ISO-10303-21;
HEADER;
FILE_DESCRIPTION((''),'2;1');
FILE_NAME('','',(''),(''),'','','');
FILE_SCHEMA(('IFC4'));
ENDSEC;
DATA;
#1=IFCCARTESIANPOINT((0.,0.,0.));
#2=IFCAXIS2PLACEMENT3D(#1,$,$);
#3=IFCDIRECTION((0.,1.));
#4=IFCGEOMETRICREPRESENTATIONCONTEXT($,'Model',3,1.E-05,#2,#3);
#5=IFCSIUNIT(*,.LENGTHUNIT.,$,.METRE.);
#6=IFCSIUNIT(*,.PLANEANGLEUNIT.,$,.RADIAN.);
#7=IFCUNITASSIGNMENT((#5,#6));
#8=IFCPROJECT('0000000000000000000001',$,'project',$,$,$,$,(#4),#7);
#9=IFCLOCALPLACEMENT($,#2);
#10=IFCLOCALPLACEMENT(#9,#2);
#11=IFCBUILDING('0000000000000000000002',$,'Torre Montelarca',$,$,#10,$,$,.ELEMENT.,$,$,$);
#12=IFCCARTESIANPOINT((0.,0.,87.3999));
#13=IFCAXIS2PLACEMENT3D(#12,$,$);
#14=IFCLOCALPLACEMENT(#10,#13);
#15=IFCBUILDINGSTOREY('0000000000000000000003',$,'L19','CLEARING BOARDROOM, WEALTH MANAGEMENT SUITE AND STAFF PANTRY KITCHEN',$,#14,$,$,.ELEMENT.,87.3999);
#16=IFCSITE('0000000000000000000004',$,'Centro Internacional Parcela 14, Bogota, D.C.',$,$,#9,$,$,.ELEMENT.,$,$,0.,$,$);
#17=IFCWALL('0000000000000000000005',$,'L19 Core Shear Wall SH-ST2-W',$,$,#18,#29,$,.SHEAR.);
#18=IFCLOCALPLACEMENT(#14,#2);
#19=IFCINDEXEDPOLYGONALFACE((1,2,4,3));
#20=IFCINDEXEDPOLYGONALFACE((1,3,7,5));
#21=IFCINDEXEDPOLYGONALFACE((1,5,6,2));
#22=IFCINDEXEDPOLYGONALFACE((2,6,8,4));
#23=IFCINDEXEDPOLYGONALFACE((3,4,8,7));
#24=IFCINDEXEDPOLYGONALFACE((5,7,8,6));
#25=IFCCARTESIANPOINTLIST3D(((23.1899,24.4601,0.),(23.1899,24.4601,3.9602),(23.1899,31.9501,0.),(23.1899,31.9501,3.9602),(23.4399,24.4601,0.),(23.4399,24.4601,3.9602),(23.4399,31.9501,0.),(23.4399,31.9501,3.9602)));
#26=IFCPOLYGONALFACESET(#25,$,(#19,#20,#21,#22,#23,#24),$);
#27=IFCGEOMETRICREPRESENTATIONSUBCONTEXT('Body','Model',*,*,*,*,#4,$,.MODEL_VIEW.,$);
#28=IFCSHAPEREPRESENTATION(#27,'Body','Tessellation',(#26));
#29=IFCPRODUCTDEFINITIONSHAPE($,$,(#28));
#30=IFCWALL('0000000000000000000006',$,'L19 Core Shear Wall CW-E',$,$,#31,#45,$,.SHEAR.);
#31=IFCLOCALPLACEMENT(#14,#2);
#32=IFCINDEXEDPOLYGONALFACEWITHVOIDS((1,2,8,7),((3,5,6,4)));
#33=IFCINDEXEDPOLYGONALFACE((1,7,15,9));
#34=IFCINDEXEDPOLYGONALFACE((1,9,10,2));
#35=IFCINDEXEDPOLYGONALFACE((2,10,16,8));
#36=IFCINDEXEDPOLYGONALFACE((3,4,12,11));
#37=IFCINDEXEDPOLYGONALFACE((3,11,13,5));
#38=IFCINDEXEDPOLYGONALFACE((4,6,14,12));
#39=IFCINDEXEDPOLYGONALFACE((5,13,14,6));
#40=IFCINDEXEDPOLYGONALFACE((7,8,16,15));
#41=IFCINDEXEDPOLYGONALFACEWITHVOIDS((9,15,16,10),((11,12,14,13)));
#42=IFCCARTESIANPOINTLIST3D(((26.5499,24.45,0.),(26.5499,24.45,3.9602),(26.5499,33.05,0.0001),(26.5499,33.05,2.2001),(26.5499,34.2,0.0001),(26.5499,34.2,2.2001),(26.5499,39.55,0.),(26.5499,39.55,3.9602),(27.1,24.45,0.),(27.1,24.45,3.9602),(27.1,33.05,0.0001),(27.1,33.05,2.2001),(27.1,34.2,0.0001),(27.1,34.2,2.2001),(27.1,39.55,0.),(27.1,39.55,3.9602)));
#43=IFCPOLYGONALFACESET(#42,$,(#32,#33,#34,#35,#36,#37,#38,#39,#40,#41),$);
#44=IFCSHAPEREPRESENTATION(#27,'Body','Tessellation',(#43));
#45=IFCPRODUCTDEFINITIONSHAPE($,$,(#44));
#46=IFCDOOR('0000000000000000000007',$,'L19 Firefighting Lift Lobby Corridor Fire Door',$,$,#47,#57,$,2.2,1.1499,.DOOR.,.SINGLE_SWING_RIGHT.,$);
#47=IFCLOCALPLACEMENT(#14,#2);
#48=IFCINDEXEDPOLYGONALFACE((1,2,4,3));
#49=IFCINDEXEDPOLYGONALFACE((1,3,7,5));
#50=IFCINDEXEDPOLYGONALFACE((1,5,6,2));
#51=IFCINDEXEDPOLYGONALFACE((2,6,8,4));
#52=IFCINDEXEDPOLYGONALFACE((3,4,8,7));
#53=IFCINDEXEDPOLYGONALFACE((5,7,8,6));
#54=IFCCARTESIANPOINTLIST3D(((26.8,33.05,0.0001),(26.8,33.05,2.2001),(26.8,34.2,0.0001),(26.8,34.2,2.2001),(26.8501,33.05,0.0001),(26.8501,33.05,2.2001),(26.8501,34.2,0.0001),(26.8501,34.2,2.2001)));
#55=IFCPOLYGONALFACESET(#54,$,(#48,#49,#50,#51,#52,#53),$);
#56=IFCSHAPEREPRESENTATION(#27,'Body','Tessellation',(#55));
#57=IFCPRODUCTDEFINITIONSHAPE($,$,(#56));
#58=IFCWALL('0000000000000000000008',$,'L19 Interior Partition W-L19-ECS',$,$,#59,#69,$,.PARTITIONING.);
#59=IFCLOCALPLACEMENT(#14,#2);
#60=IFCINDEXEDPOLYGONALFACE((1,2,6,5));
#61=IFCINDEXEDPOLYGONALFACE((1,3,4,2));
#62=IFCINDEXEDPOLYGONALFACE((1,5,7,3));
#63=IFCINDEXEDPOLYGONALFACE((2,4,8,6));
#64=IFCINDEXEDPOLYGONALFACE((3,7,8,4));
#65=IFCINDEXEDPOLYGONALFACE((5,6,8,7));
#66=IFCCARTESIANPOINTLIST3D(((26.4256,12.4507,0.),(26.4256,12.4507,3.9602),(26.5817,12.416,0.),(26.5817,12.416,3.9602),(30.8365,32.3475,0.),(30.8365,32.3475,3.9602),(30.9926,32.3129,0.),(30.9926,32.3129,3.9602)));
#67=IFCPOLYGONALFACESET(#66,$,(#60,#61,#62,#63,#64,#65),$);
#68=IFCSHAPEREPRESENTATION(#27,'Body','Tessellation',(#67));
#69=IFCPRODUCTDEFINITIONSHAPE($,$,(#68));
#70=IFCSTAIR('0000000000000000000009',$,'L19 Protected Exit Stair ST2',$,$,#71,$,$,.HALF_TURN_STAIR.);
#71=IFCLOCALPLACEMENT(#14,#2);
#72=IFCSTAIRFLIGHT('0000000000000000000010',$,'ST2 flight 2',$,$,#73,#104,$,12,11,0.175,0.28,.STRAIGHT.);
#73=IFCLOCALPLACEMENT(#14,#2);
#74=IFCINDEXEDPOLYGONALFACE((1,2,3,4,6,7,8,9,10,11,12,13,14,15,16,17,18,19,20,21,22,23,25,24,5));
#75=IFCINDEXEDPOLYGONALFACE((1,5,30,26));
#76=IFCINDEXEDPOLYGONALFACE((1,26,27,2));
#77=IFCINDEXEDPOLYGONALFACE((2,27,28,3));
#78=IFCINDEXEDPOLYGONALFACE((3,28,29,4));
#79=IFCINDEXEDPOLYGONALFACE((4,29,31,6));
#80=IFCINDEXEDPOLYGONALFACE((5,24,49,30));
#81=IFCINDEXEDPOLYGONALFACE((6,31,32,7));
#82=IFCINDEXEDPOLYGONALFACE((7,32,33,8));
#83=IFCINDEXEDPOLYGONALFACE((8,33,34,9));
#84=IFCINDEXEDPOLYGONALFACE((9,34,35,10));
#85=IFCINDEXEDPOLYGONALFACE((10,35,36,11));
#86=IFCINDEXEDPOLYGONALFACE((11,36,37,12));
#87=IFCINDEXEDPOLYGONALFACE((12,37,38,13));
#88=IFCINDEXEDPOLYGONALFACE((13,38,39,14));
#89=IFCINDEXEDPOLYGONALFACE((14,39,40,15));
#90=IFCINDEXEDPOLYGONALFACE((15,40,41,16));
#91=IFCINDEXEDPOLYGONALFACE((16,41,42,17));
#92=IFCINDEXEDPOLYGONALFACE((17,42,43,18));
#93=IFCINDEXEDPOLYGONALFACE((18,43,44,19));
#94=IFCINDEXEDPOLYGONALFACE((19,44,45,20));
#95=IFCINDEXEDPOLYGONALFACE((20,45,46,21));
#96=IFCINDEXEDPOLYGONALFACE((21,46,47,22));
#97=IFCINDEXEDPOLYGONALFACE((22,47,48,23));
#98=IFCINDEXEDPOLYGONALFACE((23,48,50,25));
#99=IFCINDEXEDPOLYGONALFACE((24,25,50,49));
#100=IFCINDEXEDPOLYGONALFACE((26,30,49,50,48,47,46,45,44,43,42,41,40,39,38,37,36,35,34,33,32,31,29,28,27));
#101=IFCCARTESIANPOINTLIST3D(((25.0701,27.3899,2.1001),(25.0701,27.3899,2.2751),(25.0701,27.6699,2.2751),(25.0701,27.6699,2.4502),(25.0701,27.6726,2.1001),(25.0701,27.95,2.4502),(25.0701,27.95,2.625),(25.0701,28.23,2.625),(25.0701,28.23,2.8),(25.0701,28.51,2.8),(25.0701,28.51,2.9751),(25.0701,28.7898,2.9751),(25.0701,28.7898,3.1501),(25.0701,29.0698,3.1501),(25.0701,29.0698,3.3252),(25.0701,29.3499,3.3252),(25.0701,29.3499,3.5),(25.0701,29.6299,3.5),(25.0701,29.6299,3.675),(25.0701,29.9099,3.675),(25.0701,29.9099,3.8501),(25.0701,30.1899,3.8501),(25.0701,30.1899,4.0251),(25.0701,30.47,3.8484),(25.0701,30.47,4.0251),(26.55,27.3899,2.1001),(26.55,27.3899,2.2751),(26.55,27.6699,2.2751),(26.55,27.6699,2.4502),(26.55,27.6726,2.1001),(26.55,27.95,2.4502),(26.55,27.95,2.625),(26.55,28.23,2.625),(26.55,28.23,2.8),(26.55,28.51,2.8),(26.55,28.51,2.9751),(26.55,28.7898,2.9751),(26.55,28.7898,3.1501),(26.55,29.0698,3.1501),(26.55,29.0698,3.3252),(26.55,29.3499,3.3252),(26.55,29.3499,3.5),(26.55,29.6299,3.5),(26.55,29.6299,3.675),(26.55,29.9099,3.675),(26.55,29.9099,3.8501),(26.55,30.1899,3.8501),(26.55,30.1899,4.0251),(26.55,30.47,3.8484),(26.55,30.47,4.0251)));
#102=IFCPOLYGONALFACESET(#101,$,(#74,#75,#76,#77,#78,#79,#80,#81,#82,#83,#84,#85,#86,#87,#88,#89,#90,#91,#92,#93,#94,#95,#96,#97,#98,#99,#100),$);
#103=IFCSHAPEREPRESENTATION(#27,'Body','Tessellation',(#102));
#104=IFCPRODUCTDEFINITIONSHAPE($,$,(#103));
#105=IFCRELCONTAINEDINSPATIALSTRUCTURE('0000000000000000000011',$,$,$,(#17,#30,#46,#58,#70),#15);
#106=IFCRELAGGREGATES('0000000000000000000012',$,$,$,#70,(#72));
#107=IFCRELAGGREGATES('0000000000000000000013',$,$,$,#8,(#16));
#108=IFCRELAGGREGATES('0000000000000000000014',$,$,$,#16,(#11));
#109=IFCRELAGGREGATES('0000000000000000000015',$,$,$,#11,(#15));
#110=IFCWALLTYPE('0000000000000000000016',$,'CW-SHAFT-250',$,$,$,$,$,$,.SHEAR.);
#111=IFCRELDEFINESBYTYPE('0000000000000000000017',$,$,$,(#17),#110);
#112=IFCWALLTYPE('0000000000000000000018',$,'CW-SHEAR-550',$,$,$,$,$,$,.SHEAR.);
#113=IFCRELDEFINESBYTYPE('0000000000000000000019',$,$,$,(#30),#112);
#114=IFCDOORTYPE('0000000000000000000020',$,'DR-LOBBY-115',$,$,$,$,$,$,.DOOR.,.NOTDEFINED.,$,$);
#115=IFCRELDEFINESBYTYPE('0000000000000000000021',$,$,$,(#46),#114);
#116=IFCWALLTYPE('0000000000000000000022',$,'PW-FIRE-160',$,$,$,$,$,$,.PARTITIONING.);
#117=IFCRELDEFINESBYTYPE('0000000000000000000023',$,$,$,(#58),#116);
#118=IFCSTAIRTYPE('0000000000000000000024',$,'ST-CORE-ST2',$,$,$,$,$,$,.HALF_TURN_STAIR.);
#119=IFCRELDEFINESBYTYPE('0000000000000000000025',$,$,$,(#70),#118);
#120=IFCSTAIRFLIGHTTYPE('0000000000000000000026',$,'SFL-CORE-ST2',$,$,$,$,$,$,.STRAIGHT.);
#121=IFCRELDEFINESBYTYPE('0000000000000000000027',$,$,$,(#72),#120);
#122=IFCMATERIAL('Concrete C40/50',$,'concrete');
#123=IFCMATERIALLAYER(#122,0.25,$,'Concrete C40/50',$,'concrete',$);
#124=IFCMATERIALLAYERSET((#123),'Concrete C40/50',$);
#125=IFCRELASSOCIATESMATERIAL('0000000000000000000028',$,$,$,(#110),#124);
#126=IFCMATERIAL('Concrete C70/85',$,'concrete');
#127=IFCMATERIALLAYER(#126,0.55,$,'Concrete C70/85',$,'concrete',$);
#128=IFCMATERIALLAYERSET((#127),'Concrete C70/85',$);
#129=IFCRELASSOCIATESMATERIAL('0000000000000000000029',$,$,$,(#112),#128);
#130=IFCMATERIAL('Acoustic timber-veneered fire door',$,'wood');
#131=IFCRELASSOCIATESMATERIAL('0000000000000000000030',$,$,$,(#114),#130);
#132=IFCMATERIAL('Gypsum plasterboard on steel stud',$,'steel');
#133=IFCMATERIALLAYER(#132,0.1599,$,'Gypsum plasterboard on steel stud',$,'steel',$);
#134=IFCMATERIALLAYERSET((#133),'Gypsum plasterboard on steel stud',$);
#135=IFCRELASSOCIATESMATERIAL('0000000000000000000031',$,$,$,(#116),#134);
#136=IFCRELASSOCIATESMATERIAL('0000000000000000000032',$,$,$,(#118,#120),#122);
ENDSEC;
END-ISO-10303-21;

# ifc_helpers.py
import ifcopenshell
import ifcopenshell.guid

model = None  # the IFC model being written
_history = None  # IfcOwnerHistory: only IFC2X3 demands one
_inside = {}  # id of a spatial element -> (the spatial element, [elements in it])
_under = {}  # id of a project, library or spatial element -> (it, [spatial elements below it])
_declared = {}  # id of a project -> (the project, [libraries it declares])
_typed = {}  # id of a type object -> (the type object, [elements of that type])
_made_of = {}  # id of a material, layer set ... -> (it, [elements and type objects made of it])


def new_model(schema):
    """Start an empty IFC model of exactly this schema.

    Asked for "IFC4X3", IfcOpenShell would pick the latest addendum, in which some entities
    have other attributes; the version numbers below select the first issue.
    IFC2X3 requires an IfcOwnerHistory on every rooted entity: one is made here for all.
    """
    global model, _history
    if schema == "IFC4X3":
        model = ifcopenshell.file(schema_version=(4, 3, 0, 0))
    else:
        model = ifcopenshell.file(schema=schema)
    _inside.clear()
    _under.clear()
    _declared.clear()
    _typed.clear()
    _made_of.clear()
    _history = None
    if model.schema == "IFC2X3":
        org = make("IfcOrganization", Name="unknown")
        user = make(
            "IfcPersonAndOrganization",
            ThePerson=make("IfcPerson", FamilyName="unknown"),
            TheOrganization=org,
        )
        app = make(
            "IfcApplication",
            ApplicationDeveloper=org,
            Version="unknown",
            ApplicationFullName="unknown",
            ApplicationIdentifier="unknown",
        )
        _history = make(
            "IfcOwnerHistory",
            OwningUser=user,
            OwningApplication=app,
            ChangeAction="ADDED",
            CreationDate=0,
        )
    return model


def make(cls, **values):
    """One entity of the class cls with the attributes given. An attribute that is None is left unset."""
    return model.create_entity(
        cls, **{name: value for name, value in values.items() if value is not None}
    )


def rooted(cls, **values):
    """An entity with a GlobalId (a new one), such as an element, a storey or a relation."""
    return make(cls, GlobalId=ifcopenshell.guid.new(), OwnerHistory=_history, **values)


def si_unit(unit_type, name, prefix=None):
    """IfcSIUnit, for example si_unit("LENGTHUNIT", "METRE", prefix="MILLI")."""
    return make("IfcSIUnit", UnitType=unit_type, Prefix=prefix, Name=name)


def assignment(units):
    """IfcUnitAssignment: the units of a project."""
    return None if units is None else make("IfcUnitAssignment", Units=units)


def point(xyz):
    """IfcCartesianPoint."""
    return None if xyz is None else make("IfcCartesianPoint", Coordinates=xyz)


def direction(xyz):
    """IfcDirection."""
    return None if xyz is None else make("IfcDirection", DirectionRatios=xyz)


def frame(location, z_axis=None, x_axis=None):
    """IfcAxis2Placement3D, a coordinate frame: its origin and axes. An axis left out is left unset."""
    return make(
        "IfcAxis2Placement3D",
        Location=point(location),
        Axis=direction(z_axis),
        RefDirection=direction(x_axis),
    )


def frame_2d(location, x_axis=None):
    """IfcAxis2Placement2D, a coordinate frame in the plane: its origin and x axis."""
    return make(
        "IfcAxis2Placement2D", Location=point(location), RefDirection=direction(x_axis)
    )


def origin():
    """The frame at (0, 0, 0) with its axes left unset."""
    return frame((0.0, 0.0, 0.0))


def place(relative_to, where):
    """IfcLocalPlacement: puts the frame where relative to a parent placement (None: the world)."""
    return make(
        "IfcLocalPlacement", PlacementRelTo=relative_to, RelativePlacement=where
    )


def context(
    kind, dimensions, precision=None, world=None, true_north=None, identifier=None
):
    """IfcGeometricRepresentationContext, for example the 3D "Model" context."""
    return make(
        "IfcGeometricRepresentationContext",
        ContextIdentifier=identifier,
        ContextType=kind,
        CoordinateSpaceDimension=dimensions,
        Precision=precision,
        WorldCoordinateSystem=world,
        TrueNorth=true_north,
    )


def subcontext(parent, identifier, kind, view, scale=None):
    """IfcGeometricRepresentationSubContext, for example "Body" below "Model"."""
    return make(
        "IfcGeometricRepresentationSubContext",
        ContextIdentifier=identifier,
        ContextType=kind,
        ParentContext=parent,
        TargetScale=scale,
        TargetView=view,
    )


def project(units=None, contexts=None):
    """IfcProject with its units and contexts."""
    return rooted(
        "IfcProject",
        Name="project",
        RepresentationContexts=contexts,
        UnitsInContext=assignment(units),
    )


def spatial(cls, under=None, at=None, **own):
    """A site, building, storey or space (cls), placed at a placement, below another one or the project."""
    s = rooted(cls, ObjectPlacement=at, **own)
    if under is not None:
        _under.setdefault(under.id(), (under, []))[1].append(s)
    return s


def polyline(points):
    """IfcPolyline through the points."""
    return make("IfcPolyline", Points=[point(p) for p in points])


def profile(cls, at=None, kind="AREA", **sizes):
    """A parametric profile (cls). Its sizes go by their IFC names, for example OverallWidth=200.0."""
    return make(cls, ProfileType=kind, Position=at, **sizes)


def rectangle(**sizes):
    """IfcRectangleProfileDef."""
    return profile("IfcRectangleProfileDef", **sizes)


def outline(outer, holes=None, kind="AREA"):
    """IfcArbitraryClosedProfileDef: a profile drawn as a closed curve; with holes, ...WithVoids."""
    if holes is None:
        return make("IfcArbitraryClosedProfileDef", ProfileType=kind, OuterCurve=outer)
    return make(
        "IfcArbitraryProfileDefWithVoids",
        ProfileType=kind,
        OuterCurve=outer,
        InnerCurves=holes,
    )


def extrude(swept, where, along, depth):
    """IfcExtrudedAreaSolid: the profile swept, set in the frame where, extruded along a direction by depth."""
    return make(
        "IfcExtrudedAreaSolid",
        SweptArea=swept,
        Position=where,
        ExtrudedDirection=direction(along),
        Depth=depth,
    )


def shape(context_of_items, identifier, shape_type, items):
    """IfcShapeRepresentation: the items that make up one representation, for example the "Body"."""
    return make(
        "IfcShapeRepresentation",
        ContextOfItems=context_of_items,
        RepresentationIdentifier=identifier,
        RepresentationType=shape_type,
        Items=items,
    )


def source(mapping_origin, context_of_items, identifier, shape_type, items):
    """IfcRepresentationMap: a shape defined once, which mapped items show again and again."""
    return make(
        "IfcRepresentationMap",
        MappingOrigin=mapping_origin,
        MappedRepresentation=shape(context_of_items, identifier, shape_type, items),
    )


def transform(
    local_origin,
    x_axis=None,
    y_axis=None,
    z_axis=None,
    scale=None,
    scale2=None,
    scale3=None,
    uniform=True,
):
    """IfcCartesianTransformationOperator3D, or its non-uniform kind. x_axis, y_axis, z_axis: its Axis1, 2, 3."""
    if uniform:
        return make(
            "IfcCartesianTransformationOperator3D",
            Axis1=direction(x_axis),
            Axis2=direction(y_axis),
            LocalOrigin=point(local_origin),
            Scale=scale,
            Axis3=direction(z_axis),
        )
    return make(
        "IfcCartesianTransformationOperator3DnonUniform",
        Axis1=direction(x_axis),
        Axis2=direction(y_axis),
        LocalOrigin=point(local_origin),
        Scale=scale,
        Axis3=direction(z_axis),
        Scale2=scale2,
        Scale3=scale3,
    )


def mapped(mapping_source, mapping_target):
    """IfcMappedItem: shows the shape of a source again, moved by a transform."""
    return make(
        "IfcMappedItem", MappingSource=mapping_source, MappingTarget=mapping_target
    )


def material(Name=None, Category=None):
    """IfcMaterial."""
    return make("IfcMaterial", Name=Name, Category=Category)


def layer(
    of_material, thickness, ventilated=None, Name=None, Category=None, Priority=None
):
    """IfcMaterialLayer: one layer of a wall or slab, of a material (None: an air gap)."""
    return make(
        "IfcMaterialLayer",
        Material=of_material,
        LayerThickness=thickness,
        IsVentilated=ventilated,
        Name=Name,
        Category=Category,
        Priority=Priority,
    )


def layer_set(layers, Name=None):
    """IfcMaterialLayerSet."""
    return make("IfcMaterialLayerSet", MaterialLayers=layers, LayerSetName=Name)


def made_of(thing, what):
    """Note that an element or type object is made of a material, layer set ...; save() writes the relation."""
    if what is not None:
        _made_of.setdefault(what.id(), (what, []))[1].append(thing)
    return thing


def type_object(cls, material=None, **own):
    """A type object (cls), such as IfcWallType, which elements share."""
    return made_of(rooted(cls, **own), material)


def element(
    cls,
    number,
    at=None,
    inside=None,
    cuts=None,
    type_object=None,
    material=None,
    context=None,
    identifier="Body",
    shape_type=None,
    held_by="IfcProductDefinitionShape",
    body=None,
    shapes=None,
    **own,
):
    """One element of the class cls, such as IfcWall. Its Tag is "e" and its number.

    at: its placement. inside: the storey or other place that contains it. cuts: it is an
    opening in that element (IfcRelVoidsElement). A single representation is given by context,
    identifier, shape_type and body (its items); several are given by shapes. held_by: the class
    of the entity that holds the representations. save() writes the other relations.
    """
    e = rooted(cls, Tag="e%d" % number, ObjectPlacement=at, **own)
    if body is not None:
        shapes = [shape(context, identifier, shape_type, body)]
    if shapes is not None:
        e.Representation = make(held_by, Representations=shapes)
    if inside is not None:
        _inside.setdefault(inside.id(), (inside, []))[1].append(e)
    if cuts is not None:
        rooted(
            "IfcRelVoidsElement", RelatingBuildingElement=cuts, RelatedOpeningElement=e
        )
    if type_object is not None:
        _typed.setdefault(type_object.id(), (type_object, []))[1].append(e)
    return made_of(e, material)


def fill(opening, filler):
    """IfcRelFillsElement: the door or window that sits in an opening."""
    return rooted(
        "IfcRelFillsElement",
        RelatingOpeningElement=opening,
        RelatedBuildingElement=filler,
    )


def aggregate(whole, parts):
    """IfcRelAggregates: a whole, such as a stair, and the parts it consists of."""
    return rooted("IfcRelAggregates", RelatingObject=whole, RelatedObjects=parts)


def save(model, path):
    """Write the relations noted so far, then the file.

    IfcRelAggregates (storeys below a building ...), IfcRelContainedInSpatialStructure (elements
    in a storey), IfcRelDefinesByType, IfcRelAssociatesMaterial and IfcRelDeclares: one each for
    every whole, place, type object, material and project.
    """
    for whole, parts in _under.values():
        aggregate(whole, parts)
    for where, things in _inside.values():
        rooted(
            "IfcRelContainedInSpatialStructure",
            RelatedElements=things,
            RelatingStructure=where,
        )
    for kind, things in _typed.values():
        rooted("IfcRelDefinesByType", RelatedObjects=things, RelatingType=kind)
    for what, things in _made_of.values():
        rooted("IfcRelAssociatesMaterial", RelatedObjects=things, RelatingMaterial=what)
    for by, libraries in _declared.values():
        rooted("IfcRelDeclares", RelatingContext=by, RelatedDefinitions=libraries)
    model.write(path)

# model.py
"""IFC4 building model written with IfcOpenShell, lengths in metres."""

from ifc_helpers import new_model, si_unit, direction, frame, frame_2d, origin, place, context, subcontext, project, spatial, polyline, rectangle, outline, extrude, source, transform, mapped, material, layer, layer_set, type_object, element, fill, aggregate, save


model = new_model("IFC4")

# Units and contexts
model_context = context("Model", 3, precision=1e-05, world=origin(), true_north=direction((0.0, 1.0)))
body_context = subcontext(model_context, "Body", "Model", "MODEL_VIEW")
ifc_project = project(units=[si_unit("LENGTHUNIT", "METRE"), si_unit("PLANEANGLEUNIT", "RADIAN")], contexts=[model_context])

# Site, building, storey
site_placement = place(None, origin())
site = spatial("IfcSite", under=ifc_project, at=site_placement, Name="Centro Internacional Parcela 14, Bogota, D.C.", CompositionType="ELEMENT", RefElevation=0.0)
building_placement = place(site_placement, origin())
building = spatial("IfcBuilding", under=site, at=building_placement, Name="Torre Montelarca", CompositionType="ELEMENT")
storey_placement = place(building_placement, frame((0.0, 0.0, 87.3999)))
storey = spatial("IfcBuildingStorey", under=building, at=storey_placement, Name="L19", Description="CLEARING BOARDROOM, WEALTH MANAGEMENT SUITE AND STAFF PANTRY KITCHEN", CompositionType="ELEMENT", Elevation=87.3999)

# Shared definitions
ifc_material_1 = material(Name="Concrete C70/85", Category="concrete")

# Wall
ifc_material_2 = material(Name="Concrete C40/50", Category="concrete")
ifc_layer_1 = layer(ifc_material_2, 0.25, Name="Concrete C40/50", Category="concrete")
ifc_layer_set_1 = layer_set([ifc_layer_1], Name="Concrete C40/50")
wall_type_1 = type_object("IfcWallType", Name="CW-SHAFT-250", PredefinedType="SHEAR", material=ifc_layer_set_1)
wall_1_placement = place(storey_placement, frame((23.3149, 24.46, 0.0), z_axis=(0.0, 0.0, 1.0), x_axis=(0.0, 1.0, 0.0)))
element("IfcWall", 1, at=wall_1_placement, inside=storey, type_object=wall_type_1, Name="L19 Core Shear Wall SH-ST2-W", PredefinedType="SHEAR", context=body_context, shape_type="SweptSolid", body=[
    extrude(rectangle(XDim=7.49, YDim=0.25, at=frame_2d((3.7451, 0.0))), origin(), (0.0, 0.0, 1.0), 3.9602),
])

# Wall, opening, door
ifc_layer_2 = layer(ifc_material_1, 0.55, Name="Concrete C70/85", Category="concrete")
ifc_layer_set_2 = layer_set([ifc_layer_2], Name="Concrete C70/85")
wall_type_2 = type_object("IfcWallType", Name="CW-SHEAR-550", PredefinedType="SHEAR", material=ifc_layer_set_2)
wall_2_placement = place(storey_placement, frame((26.825, 24.45, 0.0), z_axis=(0.0, 0.0, 1.0), x_axis=(0.0, 1.0, 0.0)))
wall_2 = element("IfcWall", 2, at=wall_2_placement, inside=storey, type_object=wall_type_2, Name="L19 Core Shear Wall CW-E", PredefinedType="SHEAR", context=body_context, shape_type="SweptSolid", body=[
    extrude(rectangle(XDim=15.1001, YDim=0.55, at=frame_2d((7.55, 0.0))), origin(), (0.0, 0.0, 1.0), 3.9602),
])
opening_placement = place(wall_2_placement, frame((8.6001, 0.0, 0.0)))
opening = element("IfcOpeningElement", 3, at=opening_placement, cuts=wall_2, PredefinedType="OPENING", context=body_context, shape_type="SweptSolid", body=[
    extrude(rectangle(XDim=1.1499, YDim=2.2, at=frame_2d((0.575, 1.1001))), frame((0.0, 0.2852, 0.0), z_axis=(0.0, -1.0, 0.0), x_axis=(1.0, 0.0, 0.0)), (0.0, 0.0, 1.0), 0.5701),
])
ifc_material_3 = material(Name="Acoustic timber-veneered fire door", Category="wood")
door_type = type_object("IfcDoorType", Name="DR-LOBBY-115", OperationType="NOTDEFINED", PredefinedType="DOOR", material=ifc_material_3)
shared_shape_1 = source(origin(), body_context, "Body", "SweptSolid", [
    extrude(rectangle(XDim=1.1499, YDim=2.2, at=frame_2d((0.575, 1.1001))), frame((0.0, 0.0249, 0.0), z_axis=(0.0, -1.0, 0.0), x_axis=(1.0, 0.0, 0.0)), (0.0, 0.0, 1.0), 0.05),
])
door_placement = place(opening_placement, origin())
door = element("IfcDoor", 4, at=door_placement, inside=storey, type_object=door_type, Name="L19 Firefighting Lift Lobby Corridor Fire Door", OperationType="SINGLE_SWING_RIGHT", OverallHeight=2.2, OverallWidth=1.1499, PredefinedType="DOOR", context=body_context, shape_type="MappedRepresentation", body=[
    mapped(shared_shape_1, transform((0.0, 0.0, 0.0), scale=1.0)),
])
fill(opening, door)

# Wall
ifc_material_4 = material(Name="Gypsum plasterboard on steel stud", Category="steel")
ifc_layer_3 = layer(ifc_material_4, 0.1599, Name="Gypsum plasterboard on steel stud", Category="steel")
ifc_layer_set_3 = layer_set([ifc_layer_3], Name="Gypsum plasterboard on steel stud")
wall_type_3 = type_object("IfcWallType", Name="PW-FIRE-160", PredefinedType="PARTITIONING", material=ifc_layer_set_3)
wall_3_placement = place(storey_placement, frame((26.5037, 12.4333, 0.0), z_axis=(0.0, 0.0, 1.0), x_axis=(0.216434, 0.976297, 0.0)))
element("IfcWall", 5, at=wall_3_placement, inside=storey, type_object=wall_type_3, Name="L19 Interior Partition W-L19-ECS", PredefinedType="PARTITIONING", context=body_context, shape_type="SweptSolid", body=[
    extrude(rectangle(XDim=20.3799, YDim=0.1599, at=frame_2d((10.1899, 0.0))), origin(), (0.0, 0.0, 1.0), 3.9602),
])

# Stair, stair flight
stair_type = type_object("IfcStairType", Name="ST-CORE-ST2", PredefinedType="HALF_TURN_STAIR", material=ifc_material_2)
stair_placement = place(storey_placement, origin())
stair = element("IfcStair", 6, at=stair_placement, inside=storey, type_object=stair_type, Name="L19 Protected Exit Stair ST2", PredefinedType="HALF_TURN_STAIR")
stair_flight_type = type_object("IfcStairFlightType", Name="SFL-CORE-ST2", PredefinedType="STRAIGHT", material=ifc_material_2)
stair_flight_placement = place(storey_placement, frame((25.8101, 27.3899, 2.1001), z_axis=(0.0, 0.0, 1.0), x_axis=(0.0, 1.0, 0.0)))
stair_flight = element("IfcStairFlight", 7, at=stair_flight_placement, type_object=stair_flight_type, Name="ST2 flight 2", NumberOfRisers=12, NumberOfTreads=11, PredefinedType="STRAIGHT", RiserHeight=0.175, TreadLength=0.28, context=body_context, shape_type="SweptSolid", body=[
    extrude(outline(polyline([(0.0, 0.0), (0.0, 0.175), (0.28, 0.175), (0.28, 0.3501), (0.5601, 0.3501), (0.5601, 0.5249), (0.8401, 0.5249), (0.8401, 0.7), (1.1201, 0.7), (1.1201, 0.875), (1.3999, 0.875), (1.3999, 1.05), (1.6799, 1.05), (1.6799, 1.2251), (1.96, 1.2251), (1.96, 1.3999), (2.24, 1.3999), (2.24, 1.575), (2.52, 1.575), (2.52, 1.75), (2.8, 1.75), (2.8, 1.925), (3.0801, 1.925), (3.0801, 2.1001), (3.0801, 1.7483), (0.2827, 0.0), (0.0, 0.0)])), frame((0.0, 0.74, 0.0), z_axis=(0.0, -1.0, 0.0), x_axis=(1.0, 0.0, 0.0)), (0.0, 0.0, 1.0), 1.48),
])
aggregate(stair, [stair_flight])

save(model, "model.ifc")
